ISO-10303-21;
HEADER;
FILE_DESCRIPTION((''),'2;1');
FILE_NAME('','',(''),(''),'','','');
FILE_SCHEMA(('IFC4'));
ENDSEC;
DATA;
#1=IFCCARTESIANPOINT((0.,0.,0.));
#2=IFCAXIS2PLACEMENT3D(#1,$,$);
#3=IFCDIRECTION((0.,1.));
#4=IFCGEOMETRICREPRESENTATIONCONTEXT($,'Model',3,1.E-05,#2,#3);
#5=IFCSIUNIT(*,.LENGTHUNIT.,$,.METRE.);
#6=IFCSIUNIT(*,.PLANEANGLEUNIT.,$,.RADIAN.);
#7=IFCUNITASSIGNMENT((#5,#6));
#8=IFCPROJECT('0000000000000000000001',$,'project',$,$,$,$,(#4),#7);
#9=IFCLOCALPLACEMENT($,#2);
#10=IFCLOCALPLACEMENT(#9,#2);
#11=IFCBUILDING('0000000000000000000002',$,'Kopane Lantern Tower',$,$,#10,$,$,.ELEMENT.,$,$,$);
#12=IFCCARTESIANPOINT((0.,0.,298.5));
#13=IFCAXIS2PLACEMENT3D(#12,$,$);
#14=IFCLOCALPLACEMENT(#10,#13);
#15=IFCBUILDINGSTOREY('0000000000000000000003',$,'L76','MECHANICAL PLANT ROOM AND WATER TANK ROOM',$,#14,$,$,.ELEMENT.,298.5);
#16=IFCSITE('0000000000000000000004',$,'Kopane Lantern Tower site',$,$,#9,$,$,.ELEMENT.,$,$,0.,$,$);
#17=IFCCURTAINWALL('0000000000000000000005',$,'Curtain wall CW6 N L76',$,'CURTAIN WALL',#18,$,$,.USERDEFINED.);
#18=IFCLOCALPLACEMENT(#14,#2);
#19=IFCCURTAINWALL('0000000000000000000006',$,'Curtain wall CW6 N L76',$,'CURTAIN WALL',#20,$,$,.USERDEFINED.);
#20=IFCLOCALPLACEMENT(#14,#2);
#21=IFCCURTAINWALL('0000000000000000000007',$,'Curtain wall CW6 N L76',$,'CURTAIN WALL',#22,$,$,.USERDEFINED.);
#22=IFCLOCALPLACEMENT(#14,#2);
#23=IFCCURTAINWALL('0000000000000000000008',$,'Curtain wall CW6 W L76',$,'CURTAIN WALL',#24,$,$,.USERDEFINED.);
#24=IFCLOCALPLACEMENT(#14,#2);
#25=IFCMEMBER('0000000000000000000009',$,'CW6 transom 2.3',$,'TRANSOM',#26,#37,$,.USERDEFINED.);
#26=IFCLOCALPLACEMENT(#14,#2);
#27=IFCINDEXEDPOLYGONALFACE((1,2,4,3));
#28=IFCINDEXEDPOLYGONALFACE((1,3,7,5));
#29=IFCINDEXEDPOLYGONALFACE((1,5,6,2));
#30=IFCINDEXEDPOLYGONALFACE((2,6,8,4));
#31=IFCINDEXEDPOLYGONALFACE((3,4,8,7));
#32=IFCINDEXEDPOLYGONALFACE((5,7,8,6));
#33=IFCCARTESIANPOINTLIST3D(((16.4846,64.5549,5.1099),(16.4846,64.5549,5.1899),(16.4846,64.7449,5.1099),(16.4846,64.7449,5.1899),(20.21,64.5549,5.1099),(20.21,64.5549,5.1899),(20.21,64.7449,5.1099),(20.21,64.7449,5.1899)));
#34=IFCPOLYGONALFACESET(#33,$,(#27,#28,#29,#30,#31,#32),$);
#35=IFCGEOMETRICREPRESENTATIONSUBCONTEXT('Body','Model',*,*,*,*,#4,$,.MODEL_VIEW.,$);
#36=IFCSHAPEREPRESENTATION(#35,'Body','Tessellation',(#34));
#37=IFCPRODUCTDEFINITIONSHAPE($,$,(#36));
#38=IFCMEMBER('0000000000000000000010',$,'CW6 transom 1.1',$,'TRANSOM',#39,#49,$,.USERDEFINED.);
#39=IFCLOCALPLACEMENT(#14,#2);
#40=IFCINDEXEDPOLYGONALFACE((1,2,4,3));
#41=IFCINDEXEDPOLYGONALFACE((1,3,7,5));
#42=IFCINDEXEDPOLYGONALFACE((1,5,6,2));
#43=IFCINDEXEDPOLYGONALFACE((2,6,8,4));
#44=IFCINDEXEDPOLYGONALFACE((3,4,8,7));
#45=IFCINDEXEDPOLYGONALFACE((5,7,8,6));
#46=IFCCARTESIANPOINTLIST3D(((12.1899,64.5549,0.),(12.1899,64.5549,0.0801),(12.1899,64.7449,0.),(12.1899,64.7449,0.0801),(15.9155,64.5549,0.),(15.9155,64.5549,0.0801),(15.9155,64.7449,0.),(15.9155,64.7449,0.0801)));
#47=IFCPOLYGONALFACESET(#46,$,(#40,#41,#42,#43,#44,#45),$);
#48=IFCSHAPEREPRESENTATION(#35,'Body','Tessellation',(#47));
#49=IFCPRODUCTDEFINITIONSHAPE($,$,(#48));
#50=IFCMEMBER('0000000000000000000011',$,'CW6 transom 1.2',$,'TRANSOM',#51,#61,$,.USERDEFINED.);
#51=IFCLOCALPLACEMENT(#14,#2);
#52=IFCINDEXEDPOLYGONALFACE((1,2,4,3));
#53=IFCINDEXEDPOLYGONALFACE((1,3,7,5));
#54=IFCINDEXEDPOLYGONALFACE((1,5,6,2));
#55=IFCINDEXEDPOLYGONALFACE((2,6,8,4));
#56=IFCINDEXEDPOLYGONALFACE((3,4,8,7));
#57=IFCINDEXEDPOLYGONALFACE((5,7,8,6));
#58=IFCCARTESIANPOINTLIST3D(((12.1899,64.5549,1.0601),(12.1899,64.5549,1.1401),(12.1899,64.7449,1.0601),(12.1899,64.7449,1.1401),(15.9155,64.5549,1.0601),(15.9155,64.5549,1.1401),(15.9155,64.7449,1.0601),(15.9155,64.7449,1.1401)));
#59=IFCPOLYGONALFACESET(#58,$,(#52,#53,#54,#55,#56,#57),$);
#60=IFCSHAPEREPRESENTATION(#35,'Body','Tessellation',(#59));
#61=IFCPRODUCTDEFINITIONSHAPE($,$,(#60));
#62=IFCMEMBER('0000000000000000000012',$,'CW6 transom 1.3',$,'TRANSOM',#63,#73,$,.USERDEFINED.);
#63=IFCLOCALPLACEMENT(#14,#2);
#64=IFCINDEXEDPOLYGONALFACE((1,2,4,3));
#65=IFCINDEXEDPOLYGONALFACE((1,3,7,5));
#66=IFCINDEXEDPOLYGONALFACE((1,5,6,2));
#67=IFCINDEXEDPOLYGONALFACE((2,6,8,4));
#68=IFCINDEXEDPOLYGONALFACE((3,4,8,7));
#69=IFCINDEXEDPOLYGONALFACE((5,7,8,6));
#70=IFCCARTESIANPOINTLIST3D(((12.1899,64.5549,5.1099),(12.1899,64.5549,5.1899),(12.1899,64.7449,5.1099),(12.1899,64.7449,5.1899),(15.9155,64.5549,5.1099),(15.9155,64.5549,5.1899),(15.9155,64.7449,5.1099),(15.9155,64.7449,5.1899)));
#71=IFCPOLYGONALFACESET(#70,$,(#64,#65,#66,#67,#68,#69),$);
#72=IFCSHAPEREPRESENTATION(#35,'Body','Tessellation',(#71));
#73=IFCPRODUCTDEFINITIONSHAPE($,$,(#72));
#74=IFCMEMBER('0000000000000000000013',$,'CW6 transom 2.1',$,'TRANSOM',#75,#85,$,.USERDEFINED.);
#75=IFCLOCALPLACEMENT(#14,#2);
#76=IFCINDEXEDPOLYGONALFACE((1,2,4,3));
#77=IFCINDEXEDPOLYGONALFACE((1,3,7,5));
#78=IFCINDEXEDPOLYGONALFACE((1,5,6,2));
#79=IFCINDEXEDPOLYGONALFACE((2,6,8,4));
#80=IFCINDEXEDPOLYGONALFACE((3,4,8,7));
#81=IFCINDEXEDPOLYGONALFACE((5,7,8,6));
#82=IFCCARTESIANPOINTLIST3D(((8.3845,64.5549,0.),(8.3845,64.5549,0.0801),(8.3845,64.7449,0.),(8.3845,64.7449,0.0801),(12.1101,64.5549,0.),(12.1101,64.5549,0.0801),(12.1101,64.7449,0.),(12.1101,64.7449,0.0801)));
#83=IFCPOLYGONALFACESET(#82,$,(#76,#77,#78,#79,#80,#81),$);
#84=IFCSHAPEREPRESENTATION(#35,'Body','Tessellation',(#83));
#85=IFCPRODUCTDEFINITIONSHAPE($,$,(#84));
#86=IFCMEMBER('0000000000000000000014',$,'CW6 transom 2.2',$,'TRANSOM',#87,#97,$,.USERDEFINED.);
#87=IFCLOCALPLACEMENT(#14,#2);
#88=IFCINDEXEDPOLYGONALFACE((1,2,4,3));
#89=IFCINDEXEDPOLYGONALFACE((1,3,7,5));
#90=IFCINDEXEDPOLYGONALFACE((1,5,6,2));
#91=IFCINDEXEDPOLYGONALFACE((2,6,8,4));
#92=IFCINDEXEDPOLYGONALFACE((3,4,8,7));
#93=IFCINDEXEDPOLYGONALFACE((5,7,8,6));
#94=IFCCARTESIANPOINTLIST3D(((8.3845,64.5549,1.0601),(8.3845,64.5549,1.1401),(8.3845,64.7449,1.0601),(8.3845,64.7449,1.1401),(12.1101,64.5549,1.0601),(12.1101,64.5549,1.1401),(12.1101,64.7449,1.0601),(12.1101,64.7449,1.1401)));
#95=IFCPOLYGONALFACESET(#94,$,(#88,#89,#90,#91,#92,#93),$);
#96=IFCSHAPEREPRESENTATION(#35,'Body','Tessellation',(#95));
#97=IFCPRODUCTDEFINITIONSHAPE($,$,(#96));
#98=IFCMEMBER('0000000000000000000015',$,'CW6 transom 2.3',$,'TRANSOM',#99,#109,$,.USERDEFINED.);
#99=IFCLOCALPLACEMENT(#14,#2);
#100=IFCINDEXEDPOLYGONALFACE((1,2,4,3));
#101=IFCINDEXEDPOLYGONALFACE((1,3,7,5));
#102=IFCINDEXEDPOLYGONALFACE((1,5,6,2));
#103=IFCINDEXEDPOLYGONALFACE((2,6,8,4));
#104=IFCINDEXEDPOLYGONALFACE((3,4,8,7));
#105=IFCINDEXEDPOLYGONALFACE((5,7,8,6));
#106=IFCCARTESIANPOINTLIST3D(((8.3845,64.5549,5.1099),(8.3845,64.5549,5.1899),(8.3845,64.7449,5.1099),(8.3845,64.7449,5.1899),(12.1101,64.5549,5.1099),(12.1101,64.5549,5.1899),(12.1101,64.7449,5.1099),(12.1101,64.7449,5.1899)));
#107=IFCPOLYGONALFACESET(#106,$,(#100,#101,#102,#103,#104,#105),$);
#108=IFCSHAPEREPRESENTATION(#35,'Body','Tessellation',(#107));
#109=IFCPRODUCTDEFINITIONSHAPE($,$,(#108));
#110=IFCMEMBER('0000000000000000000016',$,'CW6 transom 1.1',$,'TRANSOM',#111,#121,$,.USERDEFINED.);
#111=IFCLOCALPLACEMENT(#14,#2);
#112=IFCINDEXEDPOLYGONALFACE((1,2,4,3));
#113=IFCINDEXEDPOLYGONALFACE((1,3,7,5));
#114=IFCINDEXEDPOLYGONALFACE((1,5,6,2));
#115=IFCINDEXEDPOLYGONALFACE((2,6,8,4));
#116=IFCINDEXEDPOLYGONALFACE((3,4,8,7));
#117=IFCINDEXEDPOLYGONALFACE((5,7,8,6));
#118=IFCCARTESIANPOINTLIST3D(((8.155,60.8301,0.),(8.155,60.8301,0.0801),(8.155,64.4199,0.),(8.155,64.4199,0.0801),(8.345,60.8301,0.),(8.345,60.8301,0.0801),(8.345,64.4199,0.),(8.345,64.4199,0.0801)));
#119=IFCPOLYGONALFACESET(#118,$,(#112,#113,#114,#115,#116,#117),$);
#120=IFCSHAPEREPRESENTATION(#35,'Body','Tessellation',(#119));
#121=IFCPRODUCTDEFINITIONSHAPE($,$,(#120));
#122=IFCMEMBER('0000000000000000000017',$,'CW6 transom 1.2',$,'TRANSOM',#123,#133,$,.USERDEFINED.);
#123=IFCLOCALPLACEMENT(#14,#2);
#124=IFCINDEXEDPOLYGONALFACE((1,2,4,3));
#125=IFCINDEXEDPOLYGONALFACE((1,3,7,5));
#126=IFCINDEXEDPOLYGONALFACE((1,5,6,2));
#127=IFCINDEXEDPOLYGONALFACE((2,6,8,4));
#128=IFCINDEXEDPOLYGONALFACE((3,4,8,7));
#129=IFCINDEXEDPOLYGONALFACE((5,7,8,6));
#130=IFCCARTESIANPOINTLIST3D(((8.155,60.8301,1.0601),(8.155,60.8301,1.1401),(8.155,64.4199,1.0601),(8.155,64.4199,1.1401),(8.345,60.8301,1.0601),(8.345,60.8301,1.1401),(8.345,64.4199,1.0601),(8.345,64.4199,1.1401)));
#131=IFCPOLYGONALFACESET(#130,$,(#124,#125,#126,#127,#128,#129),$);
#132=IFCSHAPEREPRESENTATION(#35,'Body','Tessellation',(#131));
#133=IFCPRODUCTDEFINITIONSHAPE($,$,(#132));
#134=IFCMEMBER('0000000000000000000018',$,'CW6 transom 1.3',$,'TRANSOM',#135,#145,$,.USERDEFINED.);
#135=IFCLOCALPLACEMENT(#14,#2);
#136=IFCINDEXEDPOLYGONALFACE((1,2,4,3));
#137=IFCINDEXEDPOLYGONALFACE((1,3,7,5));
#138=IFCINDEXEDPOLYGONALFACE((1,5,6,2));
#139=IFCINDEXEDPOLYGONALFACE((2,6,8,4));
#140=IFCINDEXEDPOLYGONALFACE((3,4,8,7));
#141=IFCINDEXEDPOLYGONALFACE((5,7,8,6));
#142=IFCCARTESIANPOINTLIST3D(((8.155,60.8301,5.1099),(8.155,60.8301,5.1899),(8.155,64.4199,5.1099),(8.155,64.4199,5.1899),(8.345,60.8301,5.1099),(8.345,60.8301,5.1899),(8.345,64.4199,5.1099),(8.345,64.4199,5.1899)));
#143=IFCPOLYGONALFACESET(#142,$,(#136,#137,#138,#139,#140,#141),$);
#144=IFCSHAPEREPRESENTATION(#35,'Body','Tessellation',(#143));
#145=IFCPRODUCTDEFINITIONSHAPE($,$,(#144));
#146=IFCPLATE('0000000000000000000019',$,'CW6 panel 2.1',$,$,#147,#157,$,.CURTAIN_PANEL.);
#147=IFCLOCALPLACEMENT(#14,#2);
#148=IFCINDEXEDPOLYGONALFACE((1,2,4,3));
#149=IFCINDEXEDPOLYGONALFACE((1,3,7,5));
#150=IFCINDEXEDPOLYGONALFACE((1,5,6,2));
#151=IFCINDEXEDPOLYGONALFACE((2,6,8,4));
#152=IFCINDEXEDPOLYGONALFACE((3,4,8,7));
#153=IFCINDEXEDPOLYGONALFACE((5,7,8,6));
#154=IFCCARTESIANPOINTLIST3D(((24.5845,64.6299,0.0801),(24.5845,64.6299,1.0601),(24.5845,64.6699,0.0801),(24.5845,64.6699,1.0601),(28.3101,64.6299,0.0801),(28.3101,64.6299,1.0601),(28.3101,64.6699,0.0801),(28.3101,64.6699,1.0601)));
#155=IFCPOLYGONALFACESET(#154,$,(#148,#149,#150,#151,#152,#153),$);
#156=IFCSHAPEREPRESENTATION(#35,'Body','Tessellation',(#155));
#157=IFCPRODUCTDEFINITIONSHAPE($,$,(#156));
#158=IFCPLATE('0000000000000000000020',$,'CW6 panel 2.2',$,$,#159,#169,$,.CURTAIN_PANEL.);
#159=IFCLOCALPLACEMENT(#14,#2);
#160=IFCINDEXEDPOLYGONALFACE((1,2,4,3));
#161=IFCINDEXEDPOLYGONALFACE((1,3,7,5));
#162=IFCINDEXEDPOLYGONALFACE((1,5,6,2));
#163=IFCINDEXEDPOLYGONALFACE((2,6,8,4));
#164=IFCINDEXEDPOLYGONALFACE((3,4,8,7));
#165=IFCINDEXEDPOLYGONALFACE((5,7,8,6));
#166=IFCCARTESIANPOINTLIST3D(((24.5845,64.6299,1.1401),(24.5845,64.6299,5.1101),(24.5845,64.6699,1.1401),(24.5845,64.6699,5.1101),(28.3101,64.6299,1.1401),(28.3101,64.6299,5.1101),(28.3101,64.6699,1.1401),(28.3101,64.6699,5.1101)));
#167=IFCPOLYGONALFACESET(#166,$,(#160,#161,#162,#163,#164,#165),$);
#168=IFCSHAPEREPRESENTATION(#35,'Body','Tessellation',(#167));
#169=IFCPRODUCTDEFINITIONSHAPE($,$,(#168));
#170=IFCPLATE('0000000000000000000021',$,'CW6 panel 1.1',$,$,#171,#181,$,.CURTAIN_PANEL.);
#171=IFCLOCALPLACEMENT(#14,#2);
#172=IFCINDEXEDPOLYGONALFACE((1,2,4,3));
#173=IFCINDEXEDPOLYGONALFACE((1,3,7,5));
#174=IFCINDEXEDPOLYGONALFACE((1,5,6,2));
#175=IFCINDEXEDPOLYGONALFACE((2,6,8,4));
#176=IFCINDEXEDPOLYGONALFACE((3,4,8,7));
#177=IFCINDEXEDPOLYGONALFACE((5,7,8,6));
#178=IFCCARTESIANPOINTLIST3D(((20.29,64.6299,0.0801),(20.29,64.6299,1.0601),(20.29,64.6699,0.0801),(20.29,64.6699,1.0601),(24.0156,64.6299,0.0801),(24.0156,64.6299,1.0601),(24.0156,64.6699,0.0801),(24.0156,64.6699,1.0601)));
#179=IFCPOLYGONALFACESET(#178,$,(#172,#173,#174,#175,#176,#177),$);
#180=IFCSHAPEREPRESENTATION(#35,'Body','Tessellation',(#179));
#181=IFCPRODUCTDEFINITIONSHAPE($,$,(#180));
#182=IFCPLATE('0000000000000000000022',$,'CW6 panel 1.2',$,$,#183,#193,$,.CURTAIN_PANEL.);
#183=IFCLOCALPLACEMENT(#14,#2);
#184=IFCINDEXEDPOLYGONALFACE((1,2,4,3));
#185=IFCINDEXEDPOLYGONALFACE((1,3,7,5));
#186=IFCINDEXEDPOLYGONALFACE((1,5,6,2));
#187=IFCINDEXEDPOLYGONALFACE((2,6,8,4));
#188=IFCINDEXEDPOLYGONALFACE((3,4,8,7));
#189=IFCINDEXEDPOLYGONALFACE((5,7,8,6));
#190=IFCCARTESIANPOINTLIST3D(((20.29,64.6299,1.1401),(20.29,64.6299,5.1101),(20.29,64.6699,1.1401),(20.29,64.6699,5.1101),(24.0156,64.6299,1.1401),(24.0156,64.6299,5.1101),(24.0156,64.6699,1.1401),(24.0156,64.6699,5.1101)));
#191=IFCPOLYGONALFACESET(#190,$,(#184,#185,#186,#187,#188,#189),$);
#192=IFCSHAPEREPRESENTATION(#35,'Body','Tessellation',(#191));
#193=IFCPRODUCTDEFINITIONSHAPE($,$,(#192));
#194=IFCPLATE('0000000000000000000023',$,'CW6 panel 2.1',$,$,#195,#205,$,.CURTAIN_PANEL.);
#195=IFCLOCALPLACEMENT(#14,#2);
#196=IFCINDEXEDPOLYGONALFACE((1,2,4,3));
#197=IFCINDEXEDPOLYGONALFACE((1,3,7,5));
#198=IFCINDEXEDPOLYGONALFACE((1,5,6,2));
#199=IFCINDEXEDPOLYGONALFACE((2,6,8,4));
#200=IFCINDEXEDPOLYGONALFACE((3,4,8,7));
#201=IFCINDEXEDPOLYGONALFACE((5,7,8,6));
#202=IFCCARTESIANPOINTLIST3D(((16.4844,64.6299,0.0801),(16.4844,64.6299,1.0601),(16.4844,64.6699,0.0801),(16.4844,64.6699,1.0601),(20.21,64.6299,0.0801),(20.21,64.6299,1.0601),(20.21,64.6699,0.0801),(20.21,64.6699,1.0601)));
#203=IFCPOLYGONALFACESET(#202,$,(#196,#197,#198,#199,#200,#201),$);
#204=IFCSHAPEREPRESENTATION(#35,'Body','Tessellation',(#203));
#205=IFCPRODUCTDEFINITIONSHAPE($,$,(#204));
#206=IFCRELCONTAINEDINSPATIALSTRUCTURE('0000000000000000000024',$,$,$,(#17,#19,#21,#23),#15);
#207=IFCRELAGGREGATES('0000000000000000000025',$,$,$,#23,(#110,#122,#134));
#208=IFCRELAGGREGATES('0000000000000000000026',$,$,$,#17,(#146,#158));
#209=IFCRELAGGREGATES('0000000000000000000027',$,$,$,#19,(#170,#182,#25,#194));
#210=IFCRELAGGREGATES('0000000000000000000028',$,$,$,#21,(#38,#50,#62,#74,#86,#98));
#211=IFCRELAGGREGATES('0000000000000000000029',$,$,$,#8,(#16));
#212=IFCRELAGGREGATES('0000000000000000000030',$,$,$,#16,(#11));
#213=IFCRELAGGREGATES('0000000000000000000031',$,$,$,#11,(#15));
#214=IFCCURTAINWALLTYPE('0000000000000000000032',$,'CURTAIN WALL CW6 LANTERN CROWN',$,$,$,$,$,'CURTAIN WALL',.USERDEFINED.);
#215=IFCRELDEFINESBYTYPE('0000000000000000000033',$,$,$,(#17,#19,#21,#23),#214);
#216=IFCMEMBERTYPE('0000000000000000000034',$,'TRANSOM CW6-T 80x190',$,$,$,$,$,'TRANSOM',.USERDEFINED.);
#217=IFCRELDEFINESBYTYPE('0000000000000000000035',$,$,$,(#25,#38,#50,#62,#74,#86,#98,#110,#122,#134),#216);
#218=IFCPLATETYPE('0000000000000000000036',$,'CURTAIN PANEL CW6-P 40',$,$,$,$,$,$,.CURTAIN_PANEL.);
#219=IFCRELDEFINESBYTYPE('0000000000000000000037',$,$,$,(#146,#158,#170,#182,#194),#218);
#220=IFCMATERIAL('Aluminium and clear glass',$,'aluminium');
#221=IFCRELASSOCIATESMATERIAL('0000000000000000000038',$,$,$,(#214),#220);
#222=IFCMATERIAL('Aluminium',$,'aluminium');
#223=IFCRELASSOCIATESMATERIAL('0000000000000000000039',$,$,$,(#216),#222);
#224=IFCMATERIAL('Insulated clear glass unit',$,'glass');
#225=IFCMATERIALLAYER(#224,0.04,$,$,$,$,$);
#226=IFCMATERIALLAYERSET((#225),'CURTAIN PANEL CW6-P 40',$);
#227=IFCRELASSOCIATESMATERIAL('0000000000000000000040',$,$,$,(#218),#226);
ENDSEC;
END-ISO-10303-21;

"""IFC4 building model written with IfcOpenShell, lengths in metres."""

from ifc_helpers import new_model, si_unit, direction, frame, origin, origin_2d, place, context, subcontext, project, spatial, rectangle, extrude, material, layer, layer_set, material_profile, profile_set, type_object, element, aggregate, save


model = new_model("IFC4")

# Units and contexts
model_context = context("Model", 3, precision=1e-05, world=origin(), true_north=direction((0.0, 1.0)))
body_context = subcontext(model_context, "Body", "Model", "MODEL_VIEW")
ifc_project = project(units=[si_unit("LENGTHUNIT", "METRE"), si_unit("PLANEANGLEUNIT", "RADIAN")], contexts=[model_context])

# Site, building, storey
site_placement = place(None, origin())
site = spatial("IfcSite", under=ifc_project, at=site_placement, Name="Kopane Lantern Tower site", CompositionType="ELEMENT", RefElevation=0.0)
building_placement = place(site_placement, origin())
building = spatial("IfcBuilding", under=site, at=building_placement, Name="Kopane Lantern Tower", CompositionType="ELEMENT")
storey_placement = place(building_placement, frame((0.0, 0.0, 298.5)))
storey = spatial("IfcBuildingStorey", under=building, at=storey_placement, Name="L76", Description="MECHANICAL PLANT ROOM AND WATER TANK ROOM", CompositionType="ELEMENT", Elevation=298.5)

# Curtain wall
ifc_material_1 = material(Name="Aluminium and clear glass", Category="aluminium")
curtain_wall_type = type_object("IfcCurtainWallType", Name="CURTAIN WALL CW6 LANTERN CROWN", ElementType="CURTAIN WALL", PredefinedType="USERDEFINED", material=ifc_material_1)
curtain_wall_1_placement = place(storey_placement, origin())
curtain_wall_1 = element("IfcCurtainWall", 1, at=curtain_wall_1_placement, inside=storey, type_object=curtain_wall_type, Name="Curtain wall CW6 N L76", ObjectType="CURTAIN WALL", PredefinedType="USERDEFINED")

# Curtain walls
curtain_wall_2_placement = place(storey_placement, origin())
curtain_wall_2 = element("IfcCurtainWall", 2, at=curtain_wall_2_placement, inside=storey, type_object=curtain_wall_type, Name="Curtain wall CW6 N L76", ObjectType="CURTAIN WALL", PredefinedType="USERDEFINED")
curtain_wall_3_placement = place(storey_placement, origin())
curtain_wall_3 = element("IfcCurtainWall", 3, at=curtain_wall_3_placement, inside=storey, type_object=curtain_wall_type, Name="Curtain wall CW6 N L76", ObjectType="CURTAIN WALL", PredefinedType="USERDEFINED")

# Curtain wall
curtain_wall_4_placement = place(storey_placement, origin())
curtain_wall_4 = element("IfcCurtainWall", 4, at=curtain_wall_4_placement, inside=storey, type_object=curtain_wall_type, Name="Curtain wall CW6 W L76", ObjectType="CURTAIN WALL", PredefinedType="USERDEFINED")

# Members
ifc_material_2 = material(Name="Aluminium", Category="aluminium")
ifc_material_profile_1 = material_profile(ifc_material_2, rectangle(XDim=0.1899, YDim=0.0801, at=origin_2d()), Name="AL 190x80")
ifc_profile_set_1 = profile_set([ifc_material_profile_1], Name="Aluminium")
member_type_1 = type_object("IfcMemberType", Name="TRANSOM CW6-T 80x190", ElementType="TRANSOM", PredefinedType="USERDEFINED", material=ifc_profile_set_1)
member_1_placement = place(storey_placement, frame((20.21, 64.6499, 5.1499), z_axis=(-1.0, 0.0, 0.0), x_axis=(0.0, -1.0, 0.0)))
member_1 = element("IfcMember", 5, at=member_1_placement, type_object=member_type_1, Name="CW6 transom 2.3", ObjectType="TRANSOM", PredefinedType="USERDEFINED", context=body_context, shape_type="SweptSolid", body=[
    extrude(rectangle(XDim=0.1899, YDim=0.0801, at=origin_2d()), origin(), (0.0, 0.0, 1.0), 3.7253),
])
member_2_placement = place(storey_placement, frame((15.9155, 64.6499, 0.04), z_axis=(-1.0, 0.0, 0.0), x_axis=(0.0, -1.0, 0.0)))
member_2 = element("IfcMember", 6, at=member_2_placement, type_object=member_type_1, Name="CW6 transom 1.1", ObjectType="TRANSOM", PredefinedType="USERDEFINED", context=body_context, shape_type="SweptSolid", body=[
    extrude(rectangle(XDim=0.1899, YDim=0.0801, at=origin_2d()), origin(), (0.0, 0.0, 1.0), 3.7256),
])
member_3_placement = place(storey_placement, frame((15.9155, 64.6499, 1.1001), z_axis=(-1.0, 0.0, 0.0), x_axis=(0.0, -1.0, 0.0)))
member_3 = element("IfcMember", 7, at=member_3_placement, type_object=member_type_1, Name="CW6 transom 1.2", ObjectType="TRANSOM", PredefinedType="USERDEFINED", context=body_context, shape_type="SweptSolid", body=[
    extrude(rectangle(XDim=0.1899, YDim=0.0801, at=origin_2d()), origin(), (0.0, 0.0, 1.0), 3.7256),
])
member_4_placement = place(storey_placement, frame((15.9155, 64.6499, 5.1499), z_axis=(-1.0, 0.0, 0.0), x_axis=(0.0, -1.0, 0.0)))
member_4 = element("IfcMember", 8, at=member_4_placement, type_object=member_type_1, Name="CW6 transom 1.3", ObjectType="TRANSOM", PredefinedType="USERDEFINED", context=body_context, shape_type="SweptSolid", body=[
    extrude(rectangle(XDim=0.1899, YDim=0.0801, at=origin_2d()), origin(), (0.0, 0.0, 1.0), 3.7256),
])
member_5_placement = place(storey_placement, frame((12.1101, 64.6499, 0.04), z_axis=(-1.0, 0.0, 0.0), x_axis=(0.0, -1.0, 0.0)))
member_5 = element("IfcMember", 9, at=member_5_placement, type_object=member_type_1, Name="CW6 transom 2.1", ObjectType="TRANSOM", PredefinedType="USERDEFINED", context=body_context, shape_type="SweptSolid", body=[
    extrude(rectangle(XDim=0.1899, YDim=0.0801, at=origin_2d()), origin(), (0.0, 0.0, 1.0), 3.7256),
])
member_6_placement = place(storey_placement, frame((12.1101, 64.6499, 1.1001), z_axis=(-1.0, 0.0, 0.0), x_axis=(0.0, -1.0, 0.0)))
member_6 = element("IfcMember", 10, at=member_6_placement, type_object=member_type_1, Name="CW6 transom 2.2", ObjectType="TRANSOM", PredefinedType="USERDEFINED", context=body_context, shape_type="SweptSolid", body=[
    extrude(rectangle(XDim=0.1899, YDim=0.0801, at=origin_2d()), origin(), (0.0, 0.0, 1.0), 3.7256),
])
member_7_placement = place(storey_placement, frame((12.1101, 64.6499, 5.1499), z_axis=(-1.0, 0.0, 0.0), x_axis=(0.0, -1.0, 0.0)))
member_7 = element("IfcMember", 11, at=member_7_placement, type_object=member_type_1, Name="CW6 transom 2.3", ObjectType="TRANSOM", PredefinedType="USERDEFINED", context=body_context, shape_type="SweptSolid", body=[
    extrude(rectangle(XDim=0.1899, YDim=0.0801, at=origin_2d()), origin(), (0.0, 0.0, 1.0), 3.7256),
])
member_8_placement = place(storey_placement, frame((8.25, 64.4199, 0.04), z_axis=(0.0, -1.0, 0.0), x_axis=(1.0, 0.0, 0.0)))
member_8 = element("IfcMember", 12, at=member_8_placement, type_object=member_type_1, Name="CW6 transom 1.1", ObjectType="TRANSOM", PredefinedType="USERDEFINED", context=body_context, shape_type="SweptSolid", body=[
    extrude(rectangle(XDim=0.1899, YDim=0.0801, at=origin_2d()), origin(), (0.0, 0.0, 1.0), 3.5898),
])
member_9_placement = place(storey_placement, frame((8.25, 64.4199, 1.1001), z_axis=(0.0, -1.0, 0.0), x_axis=(1.0, 0.0, 0.0)))
member_9 = element("IfcMember", 13, at=member_9_placement, type_object=member_type_1, Name="CW6 transom 1.2", ObjectType="TRANSOM", PredefinedType="USERDEFINED", context=body_context, shape_type="SweptSolid", body=[
    extrude(rectangle(XDim=0.1899, YDim=0.0801, at=origin_2d()), origin(), (0.0, 0.0, 1.0), 3.5898),
])
member_10_placement = place(storey_placement, frame((8.25, 64.4199, 5.1499), z_axis=(0.0, -1.0, 0.0), x_axis=(1.0, 0.0, 0.0)))
member_10 = element("IfcMember", 14, at=member_10_placement, type_object=member_type_1, Name="CW6 transom 1.3", ObjectType="TRANSOM", PredefinedType="USERDEFINED", context=body_context, shape_type="SweptSolid", body=[
    extrude(rectangle(XDim=0.1899, YDim=0.0801, at=origin_2d()), origin(), (0.0, 0.0, 1.0), 3.5898),
])
aggregate(curtain_wall_4, [member_8, member_9, member_10])

# Plates
ifc_material_3 = material(Name="Insulated clear glass unit", Category="glass")
ifc_layer = layer(ifc_material_3, 0.04)
ifc_layer_set = layer_set([ifc_layer], Name="CURTAIN PANEL CW6-P 40")
plate_type = type_object("IfcPlateType", Name="CURTAIN PANEL CW6-P 40", PredefinedType="CURTAIN_PANEL", material=ifc_layer_set)
plate_1_placement = place(storey_placement, frame((26.4473, 64.6499, 0.0801), z_axis=(0.0, 0.0, 1.0), x_axis=(-1.0, 0.0, 0.0)))
plate_1 = element("IfcPlate", 15, at=plate_1_placement, type_object=plate_type, Name="CW6 panel 2.1", PredefinedType="CURTAIN_PANEL", context=body_context, shape_type="SweptSolid", body=[
    extrude(rectangle(XDim=3.7256, YDim=0.04, at=origin_2d()), origin(), (0.0, 0.0, 1.0), 0.98),
])
plate_2_placement = place(storey_placement, frame((26.4473, 64.6499, 1.1401), z_axis=(0.0, 0.0, 1.0), x_axis=(-1.0, 0.0, 0.0)))
plate_2 = element("IfcPlate", 16, at=plate_2_placement, type_object=plate_type, Name="CW6 panel 2.2", PredefinedType="CURTAIN_PANEL", context=body_context, shape_type="SweptSolid", body=[
    extrude(rectangle(XDim=3.7256, YDim=0.04, at=origin_2d()), origin(), (0.0, 0.0, 1.0), 3.97),
])
aggregate(curtain_wall_1, [plate_1, plate_2])
plate_3_placement = place(storey_placement, frame((22.1528, 64.6499, 0.0801), z_axis=(0.0, 0.0, 1.0), x_axis=(-1.0, 0.0, 0.0)))
plate_3 = element("IfcPlate", 17, at=plate_3_placement, type_object=plate_type, Name="CW6 panel 1.1", PredefinedType="CURTAIN_PANEL", context=body_context, shape_type="SweptSolid", body=[
    extrude(rectangle(XDim=3.7256, YDim=0.04, at=origin_2d()), origin(), (0.0, 0.0, 1.0), 0.98),
])
plate_4_placement = place(storey_placement, frame((22.1528, 64.6499, 1.1401), z_axis=(0.0, 0.0, 1.0), x_axis=(-1.0, 0.0, 0.0)))
plate_4 = element("IfcPlate", 18, at=plate_4_placement, type_object=plate_type, Name="CW6 panel 1.2", PredefinedType="CURTAIN_PANEL", context=body_context, shape_type="SweptSolid", body=[
    extrude(rectangle(XDim=3.7256, YDim=0.04, at=origin_2d()), origin(), (0.0, 0.0, 1.0), 3.97),
])
plate_5_placement = place(storey_placement, frame((18.3472, 64.6499, 0.0801), z_axis=(0.0, 0.0, 1.0), x_axis=(-1.0, 0.0, 0.0)))
plate_5 = element("IfcPlate", 19, at=plate_5_placement, type_object=plate_type, Name="CW6 panel 2.1", PredefinedType="CURTAIN_PANEL", context=body_context, shape_type="SweptSolid", body=[
    extrude(rectangle(XDim=3.7256, YDim=0.04, at=origin_2d()), origin(), (0.0, 0.0, 1.0), 0.98),
])
aggregate(curtain_wall_2, [plate_3, plate_4, member_1, plate_5])
aggregate(curtain_wall_3, [member_2, member_3, member_4, member_5, member_6, member_7])

save(model, "model.ifc")
